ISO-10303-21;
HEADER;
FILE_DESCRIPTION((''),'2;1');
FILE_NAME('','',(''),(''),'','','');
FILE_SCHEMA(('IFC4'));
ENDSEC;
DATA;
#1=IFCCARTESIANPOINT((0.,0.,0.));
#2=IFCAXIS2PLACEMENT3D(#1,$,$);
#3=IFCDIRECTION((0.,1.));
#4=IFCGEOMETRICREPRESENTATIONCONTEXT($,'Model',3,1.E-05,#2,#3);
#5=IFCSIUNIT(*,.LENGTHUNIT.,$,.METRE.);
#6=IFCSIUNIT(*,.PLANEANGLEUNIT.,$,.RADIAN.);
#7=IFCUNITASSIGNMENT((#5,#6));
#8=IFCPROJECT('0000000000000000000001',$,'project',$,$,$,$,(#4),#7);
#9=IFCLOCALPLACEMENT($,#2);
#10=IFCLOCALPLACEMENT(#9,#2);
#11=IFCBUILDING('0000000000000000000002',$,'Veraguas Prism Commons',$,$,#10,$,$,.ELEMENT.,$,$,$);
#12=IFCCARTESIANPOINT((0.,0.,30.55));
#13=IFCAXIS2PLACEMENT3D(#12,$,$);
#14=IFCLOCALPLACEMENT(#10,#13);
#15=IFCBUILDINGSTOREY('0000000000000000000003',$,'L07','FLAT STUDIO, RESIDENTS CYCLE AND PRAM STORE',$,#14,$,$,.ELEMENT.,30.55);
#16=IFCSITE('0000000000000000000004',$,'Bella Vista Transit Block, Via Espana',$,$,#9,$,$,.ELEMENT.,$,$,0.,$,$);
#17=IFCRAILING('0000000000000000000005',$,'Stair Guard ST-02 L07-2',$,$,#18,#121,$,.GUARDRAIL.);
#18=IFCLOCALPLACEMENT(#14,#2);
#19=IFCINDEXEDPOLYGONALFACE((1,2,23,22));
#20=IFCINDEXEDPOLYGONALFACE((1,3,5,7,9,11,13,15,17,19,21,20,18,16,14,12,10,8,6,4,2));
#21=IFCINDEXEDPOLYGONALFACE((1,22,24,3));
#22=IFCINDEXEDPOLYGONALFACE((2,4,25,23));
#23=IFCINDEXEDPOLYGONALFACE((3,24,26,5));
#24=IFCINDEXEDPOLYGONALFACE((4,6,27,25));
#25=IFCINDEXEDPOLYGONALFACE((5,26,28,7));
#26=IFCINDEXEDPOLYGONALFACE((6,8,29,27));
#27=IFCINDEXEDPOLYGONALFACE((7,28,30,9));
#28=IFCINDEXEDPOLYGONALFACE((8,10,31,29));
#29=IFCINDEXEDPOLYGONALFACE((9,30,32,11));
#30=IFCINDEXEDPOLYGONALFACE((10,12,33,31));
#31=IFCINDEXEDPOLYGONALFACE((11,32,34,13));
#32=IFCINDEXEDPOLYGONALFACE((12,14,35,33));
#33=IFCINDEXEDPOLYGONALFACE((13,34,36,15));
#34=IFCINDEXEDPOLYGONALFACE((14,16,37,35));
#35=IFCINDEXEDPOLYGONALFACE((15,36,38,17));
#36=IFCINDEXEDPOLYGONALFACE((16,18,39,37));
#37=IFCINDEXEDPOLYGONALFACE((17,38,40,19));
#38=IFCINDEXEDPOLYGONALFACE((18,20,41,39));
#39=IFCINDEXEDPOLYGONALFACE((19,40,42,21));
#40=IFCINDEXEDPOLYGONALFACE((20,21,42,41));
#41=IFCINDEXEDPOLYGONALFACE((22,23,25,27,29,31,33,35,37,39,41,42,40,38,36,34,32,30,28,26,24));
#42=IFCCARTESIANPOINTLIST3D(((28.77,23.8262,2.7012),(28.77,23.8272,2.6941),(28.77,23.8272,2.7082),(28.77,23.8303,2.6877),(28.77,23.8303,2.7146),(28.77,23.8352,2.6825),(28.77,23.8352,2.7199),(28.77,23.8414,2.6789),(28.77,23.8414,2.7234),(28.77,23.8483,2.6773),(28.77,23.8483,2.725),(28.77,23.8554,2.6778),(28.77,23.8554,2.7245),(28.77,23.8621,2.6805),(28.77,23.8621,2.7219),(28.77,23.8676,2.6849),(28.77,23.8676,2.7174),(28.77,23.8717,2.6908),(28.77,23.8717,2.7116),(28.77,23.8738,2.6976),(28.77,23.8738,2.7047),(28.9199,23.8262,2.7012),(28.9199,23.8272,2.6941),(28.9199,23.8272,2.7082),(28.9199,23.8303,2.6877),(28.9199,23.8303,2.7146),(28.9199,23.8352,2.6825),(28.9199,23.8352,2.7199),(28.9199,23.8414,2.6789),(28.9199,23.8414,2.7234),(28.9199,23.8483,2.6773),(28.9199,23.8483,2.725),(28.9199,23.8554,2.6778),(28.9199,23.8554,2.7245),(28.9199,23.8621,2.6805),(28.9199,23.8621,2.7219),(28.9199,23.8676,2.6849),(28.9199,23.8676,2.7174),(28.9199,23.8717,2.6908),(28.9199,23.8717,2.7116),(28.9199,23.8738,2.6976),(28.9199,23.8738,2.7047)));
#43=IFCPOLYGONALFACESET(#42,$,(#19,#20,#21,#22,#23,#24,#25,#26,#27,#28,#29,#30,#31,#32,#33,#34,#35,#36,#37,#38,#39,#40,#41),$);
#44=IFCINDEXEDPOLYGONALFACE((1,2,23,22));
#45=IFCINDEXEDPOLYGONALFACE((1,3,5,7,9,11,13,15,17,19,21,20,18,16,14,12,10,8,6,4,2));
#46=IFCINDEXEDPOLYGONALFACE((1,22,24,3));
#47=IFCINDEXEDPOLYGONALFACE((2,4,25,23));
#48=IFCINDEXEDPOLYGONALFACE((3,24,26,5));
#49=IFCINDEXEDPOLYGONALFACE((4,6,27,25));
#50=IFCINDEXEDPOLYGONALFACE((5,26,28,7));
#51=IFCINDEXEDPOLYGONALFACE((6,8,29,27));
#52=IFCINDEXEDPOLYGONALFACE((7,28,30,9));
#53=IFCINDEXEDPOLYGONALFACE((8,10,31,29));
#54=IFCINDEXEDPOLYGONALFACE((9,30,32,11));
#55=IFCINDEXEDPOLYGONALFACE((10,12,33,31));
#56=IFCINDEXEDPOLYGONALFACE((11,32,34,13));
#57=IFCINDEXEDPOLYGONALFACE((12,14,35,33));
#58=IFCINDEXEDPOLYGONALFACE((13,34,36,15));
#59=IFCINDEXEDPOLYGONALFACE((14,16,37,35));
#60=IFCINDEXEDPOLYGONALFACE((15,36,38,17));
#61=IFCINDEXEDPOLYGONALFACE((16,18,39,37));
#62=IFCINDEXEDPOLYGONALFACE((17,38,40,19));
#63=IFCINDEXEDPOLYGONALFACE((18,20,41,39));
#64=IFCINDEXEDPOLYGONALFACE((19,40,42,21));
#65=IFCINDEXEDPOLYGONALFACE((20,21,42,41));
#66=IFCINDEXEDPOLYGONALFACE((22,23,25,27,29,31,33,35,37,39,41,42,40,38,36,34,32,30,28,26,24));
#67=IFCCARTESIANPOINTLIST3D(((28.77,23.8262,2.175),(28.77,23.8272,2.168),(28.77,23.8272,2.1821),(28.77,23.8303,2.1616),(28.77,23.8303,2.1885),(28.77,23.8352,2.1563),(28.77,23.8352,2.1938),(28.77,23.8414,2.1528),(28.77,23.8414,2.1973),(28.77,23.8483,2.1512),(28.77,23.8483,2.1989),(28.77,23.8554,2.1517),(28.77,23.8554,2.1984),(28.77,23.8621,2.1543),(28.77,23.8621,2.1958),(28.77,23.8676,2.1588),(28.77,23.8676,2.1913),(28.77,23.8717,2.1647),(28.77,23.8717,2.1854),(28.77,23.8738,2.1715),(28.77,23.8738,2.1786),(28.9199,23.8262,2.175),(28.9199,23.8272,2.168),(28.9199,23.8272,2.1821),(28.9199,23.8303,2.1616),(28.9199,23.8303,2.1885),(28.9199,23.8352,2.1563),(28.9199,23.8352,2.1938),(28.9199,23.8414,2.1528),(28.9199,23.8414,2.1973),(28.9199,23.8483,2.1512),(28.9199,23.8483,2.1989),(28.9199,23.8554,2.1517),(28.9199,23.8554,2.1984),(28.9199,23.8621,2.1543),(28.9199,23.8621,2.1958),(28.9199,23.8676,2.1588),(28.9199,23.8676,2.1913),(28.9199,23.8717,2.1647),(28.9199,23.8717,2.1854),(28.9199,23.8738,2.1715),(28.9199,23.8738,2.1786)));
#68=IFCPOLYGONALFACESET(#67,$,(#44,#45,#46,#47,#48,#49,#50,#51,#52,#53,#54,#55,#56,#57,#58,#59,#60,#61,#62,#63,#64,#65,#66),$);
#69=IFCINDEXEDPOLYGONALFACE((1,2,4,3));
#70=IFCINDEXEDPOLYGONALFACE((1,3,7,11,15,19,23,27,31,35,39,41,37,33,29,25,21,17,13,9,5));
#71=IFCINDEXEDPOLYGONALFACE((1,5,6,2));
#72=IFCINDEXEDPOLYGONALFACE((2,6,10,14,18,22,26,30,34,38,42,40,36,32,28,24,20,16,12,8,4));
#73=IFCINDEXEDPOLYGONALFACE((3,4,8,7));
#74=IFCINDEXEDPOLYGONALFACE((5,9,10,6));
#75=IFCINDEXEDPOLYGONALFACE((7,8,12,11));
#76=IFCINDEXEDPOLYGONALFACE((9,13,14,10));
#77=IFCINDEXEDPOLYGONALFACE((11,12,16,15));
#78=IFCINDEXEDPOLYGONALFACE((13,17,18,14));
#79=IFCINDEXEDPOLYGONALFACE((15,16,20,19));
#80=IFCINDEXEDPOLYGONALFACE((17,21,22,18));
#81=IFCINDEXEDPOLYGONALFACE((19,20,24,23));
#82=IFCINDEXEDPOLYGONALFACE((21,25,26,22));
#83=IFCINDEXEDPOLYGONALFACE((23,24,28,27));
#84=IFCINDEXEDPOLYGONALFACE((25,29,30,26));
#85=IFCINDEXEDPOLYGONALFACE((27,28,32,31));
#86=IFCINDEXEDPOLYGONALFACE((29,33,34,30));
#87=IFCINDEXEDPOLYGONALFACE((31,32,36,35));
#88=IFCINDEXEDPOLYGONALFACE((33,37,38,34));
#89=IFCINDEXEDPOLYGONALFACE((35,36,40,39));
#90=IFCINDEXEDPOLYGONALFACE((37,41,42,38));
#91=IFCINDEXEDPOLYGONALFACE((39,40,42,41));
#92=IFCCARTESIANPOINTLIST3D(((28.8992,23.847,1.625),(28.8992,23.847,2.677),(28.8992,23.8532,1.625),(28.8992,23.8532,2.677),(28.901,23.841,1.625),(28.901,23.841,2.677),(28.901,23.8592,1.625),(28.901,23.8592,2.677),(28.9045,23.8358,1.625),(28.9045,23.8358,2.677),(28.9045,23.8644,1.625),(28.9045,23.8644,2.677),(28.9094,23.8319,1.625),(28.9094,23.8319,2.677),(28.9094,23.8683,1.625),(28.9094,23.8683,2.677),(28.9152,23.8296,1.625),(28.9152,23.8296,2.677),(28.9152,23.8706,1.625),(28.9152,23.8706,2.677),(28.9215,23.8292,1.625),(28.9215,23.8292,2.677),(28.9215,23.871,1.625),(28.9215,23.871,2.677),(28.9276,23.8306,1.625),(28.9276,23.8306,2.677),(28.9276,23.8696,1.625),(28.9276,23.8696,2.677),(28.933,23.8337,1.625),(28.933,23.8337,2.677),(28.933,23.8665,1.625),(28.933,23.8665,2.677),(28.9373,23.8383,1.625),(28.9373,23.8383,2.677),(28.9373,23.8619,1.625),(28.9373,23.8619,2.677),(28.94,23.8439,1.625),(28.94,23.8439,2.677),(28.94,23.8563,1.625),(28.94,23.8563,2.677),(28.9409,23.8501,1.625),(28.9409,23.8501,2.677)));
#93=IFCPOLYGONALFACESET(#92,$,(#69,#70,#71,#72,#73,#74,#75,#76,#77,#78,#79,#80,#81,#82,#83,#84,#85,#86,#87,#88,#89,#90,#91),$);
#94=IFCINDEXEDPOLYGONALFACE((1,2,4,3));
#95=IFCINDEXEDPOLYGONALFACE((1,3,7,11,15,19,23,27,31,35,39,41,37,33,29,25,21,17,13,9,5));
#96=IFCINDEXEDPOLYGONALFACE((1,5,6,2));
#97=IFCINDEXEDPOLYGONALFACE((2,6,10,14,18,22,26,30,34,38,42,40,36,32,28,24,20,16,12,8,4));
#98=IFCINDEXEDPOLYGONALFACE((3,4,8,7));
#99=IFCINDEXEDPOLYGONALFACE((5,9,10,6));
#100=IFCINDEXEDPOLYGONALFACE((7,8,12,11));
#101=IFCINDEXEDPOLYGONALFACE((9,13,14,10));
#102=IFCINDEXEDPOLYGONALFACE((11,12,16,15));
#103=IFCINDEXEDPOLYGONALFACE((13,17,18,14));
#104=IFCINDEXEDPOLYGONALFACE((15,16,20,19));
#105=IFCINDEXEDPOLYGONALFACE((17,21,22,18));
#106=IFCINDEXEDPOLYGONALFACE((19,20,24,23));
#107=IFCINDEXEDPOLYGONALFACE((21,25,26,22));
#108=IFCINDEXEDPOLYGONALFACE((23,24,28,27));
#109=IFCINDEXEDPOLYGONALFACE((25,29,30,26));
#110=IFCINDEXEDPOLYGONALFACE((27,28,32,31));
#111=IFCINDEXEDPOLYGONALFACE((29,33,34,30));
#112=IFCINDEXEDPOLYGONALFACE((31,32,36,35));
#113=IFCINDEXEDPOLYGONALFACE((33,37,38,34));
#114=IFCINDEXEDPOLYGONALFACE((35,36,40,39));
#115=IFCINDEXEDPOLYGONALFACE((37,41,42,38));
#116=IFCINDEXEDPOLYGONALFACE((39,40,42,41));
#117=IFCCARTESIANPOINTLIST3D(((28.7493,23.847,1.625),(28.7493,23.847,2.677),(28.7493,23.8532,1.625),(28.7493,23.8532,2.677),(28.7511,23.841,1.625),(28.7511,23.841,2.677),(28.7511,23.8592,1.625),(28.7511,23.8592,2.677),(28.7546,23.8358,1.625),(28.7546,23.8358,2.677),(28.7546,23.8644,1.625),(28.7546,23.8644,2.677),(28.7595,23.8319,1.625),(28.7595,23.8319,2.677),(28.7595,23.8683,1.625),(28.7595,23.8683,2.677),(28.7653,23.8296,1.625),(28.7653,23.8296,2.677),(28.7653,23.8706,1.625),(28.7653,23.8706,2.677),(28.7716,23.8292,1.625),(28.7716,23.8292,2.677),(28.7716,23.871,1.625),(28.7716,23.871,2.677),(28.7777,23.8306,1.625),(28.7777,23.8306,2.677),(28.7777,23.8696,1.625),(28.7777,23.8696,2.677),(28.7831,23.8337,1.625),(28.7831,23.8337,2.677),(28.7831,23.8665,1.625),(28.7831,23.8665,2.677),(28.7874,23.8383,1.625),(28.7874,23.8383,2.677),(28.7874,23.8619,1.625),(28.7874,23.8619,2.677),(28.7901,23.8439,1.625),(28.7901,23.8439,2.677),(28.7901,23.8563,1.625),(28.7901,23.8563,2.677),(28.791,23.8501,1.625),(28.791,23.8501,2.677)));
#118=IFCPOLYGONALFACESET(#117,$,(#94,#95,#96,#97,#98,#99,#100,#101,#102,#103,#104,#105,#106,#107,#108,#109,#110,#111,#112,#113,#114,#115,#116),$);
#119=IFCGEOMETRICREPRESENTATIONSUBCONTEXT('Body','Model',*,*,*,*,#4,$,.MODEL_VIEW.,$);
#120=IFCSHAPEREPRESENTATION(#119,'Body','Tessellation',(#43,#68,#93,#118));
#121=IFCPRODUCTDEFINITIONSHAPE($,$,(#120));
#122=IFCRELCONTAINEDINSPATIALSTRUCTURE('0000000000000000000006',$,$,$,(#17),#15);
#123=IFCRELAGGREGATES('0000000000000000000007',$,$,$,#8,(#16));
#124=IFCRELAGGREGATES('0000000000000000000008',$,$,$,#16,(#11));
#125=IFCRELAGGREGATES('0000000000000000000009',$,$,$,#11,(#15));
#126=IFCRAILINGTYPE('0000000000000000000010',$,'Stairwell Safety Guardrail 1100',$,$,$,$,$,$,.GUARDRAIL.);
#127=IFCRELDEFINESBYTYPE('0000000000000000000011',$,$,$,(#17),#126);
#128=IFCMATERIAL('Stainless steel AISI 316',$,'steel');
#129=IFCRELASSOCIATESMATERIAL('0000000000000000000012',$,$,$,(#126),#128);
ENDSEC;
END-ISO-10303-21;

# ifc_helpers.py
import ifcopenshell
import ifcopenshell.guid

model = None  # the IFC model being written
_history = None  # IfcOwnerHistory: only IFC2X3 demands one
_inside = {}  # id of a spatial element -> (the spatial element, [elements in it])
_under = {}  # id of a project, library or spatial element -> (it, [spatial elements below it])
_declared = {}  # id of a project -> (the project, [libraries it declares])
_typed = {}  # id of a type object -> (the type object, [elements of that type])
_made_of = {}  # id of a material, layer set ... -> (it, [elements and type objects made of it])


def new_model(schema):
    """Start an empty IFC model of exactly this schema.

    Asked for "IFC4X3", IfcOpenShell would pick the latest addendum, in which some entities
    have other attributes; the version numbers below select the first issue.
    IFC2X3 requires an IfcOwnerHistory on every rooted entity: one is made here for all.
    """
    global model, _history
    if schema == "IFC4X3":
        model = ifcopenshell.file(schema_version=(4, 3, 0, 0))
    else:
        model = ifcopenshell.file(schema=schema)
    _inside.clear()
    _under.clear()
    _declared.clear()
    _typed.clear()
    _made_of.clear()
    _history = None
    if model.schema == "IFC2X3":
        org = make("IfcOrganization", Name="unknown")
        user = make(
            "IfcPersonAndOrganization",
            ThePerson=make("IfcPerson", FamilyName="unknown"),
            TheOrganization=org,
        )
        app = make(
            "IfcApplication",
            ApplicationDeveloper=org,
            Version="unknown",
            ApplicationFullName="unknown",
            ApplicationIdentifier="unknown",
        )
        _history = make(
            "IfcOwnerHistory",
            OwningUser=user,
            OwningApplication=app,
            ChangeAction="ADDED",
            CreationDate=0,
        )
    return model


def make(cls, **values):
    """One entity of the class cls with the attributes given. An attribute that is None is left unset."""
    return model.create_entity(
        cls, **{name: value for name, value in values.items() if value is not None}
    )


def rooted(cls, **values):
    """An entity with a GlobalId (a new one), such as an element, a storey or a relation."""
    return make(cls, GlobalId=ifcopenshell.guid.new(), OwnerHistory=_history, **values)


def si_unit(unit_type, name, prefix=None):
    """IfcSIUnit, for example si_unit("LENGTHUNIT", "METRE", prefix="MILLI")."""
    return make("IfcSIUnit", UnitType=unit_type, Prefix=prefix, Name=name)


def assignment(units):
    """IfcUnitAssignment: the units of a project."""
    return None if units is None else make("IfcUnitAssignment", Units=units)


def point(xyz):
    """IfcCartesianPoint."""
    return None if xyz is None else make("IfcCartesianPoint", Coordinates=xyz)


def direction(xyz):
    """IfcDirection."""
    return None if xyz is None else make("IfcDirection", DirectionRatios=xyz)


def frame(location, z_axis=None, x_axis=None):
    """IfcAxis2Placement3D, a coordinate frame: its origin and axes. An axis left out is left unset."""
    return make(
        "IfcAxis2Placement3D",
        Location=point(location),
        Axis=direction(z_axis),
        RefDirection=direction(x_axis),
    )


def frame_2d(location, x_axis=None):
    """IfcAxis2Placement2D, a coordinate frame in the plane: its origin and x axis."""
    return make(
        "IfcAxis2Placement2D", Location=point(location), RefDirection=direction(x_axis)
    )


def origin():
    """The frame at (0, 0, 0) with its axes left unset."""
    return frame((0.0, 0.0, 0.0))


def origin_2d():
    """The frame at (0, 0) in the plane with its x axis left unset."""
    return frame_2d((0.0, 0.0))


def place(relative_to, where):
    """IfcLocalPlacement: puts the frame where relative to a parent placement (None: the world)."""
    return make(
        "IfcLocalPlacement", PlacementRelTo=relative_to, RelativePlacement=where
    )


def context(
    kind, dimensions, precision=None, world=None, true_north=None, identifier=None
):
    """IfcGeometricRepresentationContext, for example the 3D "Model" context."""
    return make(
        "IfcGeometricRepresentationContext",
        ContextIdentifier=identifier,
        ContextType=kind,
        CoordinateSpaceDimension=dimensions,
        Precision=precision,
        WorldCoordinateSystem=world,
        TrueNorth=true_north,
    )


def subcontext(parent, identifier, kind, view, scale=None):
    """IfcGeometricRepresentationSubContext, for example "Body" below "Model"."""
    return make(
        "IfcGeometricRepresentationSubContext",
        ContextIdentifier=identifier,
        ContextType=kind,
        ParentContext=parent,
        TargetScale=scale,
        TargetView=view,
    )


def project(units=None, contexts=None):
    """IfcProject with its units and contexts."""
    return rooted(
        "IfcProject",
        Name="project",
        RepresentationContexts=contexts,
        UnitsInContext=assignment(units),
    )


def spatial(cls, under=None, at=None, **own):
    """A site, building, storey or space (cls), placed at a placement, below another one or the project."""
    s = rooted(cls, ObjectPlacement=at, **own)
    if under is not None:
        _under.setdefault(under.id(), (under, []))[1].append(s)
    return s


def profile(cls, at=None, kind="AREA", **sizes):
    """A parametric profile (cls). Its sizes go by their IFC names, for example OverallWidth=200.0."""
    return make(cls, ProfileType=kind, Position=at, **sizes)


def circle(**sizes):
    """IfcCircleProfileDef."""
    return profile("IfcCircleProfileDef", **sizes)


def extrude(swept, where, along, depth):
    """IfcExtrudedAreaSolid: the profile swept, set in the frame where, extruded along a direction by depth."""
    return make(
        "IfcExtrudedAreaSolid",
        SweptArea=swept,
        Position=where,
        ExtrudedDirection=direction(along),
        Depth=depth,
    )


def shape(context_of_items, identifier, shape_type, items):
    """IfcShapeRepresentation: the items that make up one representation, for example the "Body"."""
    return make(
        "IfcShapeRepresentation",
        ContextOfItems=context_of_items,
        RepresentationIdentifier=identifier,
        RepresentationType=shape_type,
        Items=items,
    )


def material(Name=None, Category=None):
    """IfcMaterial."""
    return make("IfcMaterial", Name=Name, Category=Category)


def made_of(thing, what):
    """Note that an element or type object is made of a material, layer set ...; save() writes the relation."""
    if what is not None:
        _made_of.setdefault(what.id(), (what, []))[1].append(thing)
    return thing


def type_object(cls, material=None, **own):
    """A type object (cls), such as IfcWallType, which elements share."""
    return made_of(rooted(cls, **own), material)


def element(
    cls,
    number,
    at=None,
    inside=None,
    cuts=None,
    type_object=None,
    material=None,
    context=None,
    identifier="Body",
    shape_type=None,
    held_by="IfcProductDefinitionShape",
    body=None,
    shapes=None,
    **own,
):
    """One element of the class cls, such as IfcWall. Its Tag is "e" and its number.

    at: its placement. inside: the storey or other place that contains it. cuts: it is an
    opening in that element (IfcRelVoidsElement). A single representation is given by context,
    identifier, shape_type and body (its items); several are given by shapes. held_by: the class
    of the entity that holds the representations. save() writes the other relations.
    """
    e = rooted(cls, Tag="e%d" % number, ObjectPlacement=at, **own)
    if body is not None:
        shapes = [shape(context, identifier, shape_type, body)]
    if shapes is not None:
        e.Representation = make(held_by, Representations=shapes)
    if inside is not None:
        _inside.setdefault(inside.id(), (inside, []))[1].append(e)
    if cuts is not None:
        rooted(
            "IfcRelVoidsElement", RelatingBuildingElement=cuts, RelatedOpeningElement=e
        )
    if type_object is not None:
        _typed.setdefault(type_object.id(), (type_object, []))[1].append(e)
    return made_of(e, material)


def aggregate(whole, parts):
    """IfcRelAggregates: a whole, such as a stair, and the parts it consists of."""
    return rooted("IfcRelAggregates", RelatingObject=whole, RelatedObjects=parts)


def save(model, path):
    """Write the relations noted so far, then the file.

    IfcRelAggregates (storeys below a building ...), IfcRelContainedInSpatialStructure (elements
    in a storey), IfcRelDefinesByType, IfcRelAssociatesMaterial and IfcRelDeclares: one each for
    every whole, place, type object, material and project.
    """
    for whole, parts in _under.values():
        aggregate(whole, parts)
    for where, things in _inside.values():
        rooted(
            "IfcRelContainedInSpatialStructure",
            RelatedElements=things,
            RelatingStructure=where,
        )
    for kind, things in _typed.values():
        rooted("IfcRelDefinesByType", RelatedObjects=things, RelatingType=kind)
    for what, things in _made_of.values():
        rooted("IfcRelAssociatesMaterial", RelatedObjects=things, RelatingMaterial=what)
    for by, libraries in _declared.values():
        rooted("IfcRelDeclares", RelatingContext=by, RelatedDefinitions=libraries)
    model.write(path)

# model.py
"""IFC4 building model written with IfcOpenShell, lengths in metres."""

from ifc_helpers import new_model, si_unit, direction, frame, origin, origin_2d, place, context, subcontext, project, spatial, circle, extrude, material, type_object, element, save


model = new_model("IFC4")

# Units and contexts
model_context = context("Model", 3, precision=1e-05, world=origin(), true_north=direction((0.0, 1.0)))
body_context = subcontext(model_context, "Body", "Model", "MODEL_VIEW")
ifc_project = project(units=[si_unit("LENGTHUNIT", "METRE"), si_unit("PLANEANGLEUNIT", "RADIAN")], contexts=[model_context])

# Site, building, storey
site_placement = place(None, origin())
site = spatial("IfcSite", under=ifc_project, at=site_placement, Name="Bella Vista Transit Block, Via Espana", CompositionType="ELEMENT", RefElevation=0.0)
building_placement = place(site_placement, origin())
building = spatial("IfcBuilding", under=site, at=building_placement, Name="Veraguas Prism Commons", CompositionType="ELEMENT")
storey_placement = place(building_placement, frame((0.0, 0.0, 30.55)))
storey = spatial("IfcBuildingStorey", under=building, at=storey_placement, Name="L07", Description="FLAT STUDIO, RESIDENTS CYCLE AND PRAM STORE", CompositionType="ELEMENT", Elevation=30.55)

# Shared definitions
ifc_material_1 = material(Name="Stainless steel AISI 316", Category="steel")

# Railing
railing_type_1 = type_object("IfcRailingType", Name="Stairwell Safety Guardrail 1100", PredefinedType="GUARDRAIL", material=ifc_material_1)
railing_1_placement = place(storey_placement, frame((28.9199, 23.8501, 1.625)))
element("IfcRailing", 1, at=railing_1_placement, inside=storey, type_object=railing_type_1, Name="Stair Guard ST-02 L07-2", PredefinedType="GUARDRAIL", context=body_context, shape_type="SweptSolid", body=[
    extrude(circle(Radius=0.0239, at=origin_2d()), frame((0.0, 0.0, 1.0762), z_axis=(-1.0, 0.0, 0.0), x_axis=(0.0, -1.0, 0.0)), (0.0, 0.0, 1.0), 0.1499),
    extrude(circle(Radius=0.0239, at=origin_2d()), frame((0.0, 0.0, 0.55), z_axis=(-1.0, 0.0, 0.0), x_axis=(0.0, -1.0, 0.0)), (0.0, 0.0, 1.0), 0.1499),
    extrude(circle(Radius=0.021, at=origin_2d()), origin(), (0.0, 0.0, 1.0), 1.052),
    extrude(circle(Radius=0.021, at=origin_2d()), frame((-0.1499, 0.0, 0.0)), (0.0, 0.0, 1.0), 1.052),
])

save(model, "model.ifc")
